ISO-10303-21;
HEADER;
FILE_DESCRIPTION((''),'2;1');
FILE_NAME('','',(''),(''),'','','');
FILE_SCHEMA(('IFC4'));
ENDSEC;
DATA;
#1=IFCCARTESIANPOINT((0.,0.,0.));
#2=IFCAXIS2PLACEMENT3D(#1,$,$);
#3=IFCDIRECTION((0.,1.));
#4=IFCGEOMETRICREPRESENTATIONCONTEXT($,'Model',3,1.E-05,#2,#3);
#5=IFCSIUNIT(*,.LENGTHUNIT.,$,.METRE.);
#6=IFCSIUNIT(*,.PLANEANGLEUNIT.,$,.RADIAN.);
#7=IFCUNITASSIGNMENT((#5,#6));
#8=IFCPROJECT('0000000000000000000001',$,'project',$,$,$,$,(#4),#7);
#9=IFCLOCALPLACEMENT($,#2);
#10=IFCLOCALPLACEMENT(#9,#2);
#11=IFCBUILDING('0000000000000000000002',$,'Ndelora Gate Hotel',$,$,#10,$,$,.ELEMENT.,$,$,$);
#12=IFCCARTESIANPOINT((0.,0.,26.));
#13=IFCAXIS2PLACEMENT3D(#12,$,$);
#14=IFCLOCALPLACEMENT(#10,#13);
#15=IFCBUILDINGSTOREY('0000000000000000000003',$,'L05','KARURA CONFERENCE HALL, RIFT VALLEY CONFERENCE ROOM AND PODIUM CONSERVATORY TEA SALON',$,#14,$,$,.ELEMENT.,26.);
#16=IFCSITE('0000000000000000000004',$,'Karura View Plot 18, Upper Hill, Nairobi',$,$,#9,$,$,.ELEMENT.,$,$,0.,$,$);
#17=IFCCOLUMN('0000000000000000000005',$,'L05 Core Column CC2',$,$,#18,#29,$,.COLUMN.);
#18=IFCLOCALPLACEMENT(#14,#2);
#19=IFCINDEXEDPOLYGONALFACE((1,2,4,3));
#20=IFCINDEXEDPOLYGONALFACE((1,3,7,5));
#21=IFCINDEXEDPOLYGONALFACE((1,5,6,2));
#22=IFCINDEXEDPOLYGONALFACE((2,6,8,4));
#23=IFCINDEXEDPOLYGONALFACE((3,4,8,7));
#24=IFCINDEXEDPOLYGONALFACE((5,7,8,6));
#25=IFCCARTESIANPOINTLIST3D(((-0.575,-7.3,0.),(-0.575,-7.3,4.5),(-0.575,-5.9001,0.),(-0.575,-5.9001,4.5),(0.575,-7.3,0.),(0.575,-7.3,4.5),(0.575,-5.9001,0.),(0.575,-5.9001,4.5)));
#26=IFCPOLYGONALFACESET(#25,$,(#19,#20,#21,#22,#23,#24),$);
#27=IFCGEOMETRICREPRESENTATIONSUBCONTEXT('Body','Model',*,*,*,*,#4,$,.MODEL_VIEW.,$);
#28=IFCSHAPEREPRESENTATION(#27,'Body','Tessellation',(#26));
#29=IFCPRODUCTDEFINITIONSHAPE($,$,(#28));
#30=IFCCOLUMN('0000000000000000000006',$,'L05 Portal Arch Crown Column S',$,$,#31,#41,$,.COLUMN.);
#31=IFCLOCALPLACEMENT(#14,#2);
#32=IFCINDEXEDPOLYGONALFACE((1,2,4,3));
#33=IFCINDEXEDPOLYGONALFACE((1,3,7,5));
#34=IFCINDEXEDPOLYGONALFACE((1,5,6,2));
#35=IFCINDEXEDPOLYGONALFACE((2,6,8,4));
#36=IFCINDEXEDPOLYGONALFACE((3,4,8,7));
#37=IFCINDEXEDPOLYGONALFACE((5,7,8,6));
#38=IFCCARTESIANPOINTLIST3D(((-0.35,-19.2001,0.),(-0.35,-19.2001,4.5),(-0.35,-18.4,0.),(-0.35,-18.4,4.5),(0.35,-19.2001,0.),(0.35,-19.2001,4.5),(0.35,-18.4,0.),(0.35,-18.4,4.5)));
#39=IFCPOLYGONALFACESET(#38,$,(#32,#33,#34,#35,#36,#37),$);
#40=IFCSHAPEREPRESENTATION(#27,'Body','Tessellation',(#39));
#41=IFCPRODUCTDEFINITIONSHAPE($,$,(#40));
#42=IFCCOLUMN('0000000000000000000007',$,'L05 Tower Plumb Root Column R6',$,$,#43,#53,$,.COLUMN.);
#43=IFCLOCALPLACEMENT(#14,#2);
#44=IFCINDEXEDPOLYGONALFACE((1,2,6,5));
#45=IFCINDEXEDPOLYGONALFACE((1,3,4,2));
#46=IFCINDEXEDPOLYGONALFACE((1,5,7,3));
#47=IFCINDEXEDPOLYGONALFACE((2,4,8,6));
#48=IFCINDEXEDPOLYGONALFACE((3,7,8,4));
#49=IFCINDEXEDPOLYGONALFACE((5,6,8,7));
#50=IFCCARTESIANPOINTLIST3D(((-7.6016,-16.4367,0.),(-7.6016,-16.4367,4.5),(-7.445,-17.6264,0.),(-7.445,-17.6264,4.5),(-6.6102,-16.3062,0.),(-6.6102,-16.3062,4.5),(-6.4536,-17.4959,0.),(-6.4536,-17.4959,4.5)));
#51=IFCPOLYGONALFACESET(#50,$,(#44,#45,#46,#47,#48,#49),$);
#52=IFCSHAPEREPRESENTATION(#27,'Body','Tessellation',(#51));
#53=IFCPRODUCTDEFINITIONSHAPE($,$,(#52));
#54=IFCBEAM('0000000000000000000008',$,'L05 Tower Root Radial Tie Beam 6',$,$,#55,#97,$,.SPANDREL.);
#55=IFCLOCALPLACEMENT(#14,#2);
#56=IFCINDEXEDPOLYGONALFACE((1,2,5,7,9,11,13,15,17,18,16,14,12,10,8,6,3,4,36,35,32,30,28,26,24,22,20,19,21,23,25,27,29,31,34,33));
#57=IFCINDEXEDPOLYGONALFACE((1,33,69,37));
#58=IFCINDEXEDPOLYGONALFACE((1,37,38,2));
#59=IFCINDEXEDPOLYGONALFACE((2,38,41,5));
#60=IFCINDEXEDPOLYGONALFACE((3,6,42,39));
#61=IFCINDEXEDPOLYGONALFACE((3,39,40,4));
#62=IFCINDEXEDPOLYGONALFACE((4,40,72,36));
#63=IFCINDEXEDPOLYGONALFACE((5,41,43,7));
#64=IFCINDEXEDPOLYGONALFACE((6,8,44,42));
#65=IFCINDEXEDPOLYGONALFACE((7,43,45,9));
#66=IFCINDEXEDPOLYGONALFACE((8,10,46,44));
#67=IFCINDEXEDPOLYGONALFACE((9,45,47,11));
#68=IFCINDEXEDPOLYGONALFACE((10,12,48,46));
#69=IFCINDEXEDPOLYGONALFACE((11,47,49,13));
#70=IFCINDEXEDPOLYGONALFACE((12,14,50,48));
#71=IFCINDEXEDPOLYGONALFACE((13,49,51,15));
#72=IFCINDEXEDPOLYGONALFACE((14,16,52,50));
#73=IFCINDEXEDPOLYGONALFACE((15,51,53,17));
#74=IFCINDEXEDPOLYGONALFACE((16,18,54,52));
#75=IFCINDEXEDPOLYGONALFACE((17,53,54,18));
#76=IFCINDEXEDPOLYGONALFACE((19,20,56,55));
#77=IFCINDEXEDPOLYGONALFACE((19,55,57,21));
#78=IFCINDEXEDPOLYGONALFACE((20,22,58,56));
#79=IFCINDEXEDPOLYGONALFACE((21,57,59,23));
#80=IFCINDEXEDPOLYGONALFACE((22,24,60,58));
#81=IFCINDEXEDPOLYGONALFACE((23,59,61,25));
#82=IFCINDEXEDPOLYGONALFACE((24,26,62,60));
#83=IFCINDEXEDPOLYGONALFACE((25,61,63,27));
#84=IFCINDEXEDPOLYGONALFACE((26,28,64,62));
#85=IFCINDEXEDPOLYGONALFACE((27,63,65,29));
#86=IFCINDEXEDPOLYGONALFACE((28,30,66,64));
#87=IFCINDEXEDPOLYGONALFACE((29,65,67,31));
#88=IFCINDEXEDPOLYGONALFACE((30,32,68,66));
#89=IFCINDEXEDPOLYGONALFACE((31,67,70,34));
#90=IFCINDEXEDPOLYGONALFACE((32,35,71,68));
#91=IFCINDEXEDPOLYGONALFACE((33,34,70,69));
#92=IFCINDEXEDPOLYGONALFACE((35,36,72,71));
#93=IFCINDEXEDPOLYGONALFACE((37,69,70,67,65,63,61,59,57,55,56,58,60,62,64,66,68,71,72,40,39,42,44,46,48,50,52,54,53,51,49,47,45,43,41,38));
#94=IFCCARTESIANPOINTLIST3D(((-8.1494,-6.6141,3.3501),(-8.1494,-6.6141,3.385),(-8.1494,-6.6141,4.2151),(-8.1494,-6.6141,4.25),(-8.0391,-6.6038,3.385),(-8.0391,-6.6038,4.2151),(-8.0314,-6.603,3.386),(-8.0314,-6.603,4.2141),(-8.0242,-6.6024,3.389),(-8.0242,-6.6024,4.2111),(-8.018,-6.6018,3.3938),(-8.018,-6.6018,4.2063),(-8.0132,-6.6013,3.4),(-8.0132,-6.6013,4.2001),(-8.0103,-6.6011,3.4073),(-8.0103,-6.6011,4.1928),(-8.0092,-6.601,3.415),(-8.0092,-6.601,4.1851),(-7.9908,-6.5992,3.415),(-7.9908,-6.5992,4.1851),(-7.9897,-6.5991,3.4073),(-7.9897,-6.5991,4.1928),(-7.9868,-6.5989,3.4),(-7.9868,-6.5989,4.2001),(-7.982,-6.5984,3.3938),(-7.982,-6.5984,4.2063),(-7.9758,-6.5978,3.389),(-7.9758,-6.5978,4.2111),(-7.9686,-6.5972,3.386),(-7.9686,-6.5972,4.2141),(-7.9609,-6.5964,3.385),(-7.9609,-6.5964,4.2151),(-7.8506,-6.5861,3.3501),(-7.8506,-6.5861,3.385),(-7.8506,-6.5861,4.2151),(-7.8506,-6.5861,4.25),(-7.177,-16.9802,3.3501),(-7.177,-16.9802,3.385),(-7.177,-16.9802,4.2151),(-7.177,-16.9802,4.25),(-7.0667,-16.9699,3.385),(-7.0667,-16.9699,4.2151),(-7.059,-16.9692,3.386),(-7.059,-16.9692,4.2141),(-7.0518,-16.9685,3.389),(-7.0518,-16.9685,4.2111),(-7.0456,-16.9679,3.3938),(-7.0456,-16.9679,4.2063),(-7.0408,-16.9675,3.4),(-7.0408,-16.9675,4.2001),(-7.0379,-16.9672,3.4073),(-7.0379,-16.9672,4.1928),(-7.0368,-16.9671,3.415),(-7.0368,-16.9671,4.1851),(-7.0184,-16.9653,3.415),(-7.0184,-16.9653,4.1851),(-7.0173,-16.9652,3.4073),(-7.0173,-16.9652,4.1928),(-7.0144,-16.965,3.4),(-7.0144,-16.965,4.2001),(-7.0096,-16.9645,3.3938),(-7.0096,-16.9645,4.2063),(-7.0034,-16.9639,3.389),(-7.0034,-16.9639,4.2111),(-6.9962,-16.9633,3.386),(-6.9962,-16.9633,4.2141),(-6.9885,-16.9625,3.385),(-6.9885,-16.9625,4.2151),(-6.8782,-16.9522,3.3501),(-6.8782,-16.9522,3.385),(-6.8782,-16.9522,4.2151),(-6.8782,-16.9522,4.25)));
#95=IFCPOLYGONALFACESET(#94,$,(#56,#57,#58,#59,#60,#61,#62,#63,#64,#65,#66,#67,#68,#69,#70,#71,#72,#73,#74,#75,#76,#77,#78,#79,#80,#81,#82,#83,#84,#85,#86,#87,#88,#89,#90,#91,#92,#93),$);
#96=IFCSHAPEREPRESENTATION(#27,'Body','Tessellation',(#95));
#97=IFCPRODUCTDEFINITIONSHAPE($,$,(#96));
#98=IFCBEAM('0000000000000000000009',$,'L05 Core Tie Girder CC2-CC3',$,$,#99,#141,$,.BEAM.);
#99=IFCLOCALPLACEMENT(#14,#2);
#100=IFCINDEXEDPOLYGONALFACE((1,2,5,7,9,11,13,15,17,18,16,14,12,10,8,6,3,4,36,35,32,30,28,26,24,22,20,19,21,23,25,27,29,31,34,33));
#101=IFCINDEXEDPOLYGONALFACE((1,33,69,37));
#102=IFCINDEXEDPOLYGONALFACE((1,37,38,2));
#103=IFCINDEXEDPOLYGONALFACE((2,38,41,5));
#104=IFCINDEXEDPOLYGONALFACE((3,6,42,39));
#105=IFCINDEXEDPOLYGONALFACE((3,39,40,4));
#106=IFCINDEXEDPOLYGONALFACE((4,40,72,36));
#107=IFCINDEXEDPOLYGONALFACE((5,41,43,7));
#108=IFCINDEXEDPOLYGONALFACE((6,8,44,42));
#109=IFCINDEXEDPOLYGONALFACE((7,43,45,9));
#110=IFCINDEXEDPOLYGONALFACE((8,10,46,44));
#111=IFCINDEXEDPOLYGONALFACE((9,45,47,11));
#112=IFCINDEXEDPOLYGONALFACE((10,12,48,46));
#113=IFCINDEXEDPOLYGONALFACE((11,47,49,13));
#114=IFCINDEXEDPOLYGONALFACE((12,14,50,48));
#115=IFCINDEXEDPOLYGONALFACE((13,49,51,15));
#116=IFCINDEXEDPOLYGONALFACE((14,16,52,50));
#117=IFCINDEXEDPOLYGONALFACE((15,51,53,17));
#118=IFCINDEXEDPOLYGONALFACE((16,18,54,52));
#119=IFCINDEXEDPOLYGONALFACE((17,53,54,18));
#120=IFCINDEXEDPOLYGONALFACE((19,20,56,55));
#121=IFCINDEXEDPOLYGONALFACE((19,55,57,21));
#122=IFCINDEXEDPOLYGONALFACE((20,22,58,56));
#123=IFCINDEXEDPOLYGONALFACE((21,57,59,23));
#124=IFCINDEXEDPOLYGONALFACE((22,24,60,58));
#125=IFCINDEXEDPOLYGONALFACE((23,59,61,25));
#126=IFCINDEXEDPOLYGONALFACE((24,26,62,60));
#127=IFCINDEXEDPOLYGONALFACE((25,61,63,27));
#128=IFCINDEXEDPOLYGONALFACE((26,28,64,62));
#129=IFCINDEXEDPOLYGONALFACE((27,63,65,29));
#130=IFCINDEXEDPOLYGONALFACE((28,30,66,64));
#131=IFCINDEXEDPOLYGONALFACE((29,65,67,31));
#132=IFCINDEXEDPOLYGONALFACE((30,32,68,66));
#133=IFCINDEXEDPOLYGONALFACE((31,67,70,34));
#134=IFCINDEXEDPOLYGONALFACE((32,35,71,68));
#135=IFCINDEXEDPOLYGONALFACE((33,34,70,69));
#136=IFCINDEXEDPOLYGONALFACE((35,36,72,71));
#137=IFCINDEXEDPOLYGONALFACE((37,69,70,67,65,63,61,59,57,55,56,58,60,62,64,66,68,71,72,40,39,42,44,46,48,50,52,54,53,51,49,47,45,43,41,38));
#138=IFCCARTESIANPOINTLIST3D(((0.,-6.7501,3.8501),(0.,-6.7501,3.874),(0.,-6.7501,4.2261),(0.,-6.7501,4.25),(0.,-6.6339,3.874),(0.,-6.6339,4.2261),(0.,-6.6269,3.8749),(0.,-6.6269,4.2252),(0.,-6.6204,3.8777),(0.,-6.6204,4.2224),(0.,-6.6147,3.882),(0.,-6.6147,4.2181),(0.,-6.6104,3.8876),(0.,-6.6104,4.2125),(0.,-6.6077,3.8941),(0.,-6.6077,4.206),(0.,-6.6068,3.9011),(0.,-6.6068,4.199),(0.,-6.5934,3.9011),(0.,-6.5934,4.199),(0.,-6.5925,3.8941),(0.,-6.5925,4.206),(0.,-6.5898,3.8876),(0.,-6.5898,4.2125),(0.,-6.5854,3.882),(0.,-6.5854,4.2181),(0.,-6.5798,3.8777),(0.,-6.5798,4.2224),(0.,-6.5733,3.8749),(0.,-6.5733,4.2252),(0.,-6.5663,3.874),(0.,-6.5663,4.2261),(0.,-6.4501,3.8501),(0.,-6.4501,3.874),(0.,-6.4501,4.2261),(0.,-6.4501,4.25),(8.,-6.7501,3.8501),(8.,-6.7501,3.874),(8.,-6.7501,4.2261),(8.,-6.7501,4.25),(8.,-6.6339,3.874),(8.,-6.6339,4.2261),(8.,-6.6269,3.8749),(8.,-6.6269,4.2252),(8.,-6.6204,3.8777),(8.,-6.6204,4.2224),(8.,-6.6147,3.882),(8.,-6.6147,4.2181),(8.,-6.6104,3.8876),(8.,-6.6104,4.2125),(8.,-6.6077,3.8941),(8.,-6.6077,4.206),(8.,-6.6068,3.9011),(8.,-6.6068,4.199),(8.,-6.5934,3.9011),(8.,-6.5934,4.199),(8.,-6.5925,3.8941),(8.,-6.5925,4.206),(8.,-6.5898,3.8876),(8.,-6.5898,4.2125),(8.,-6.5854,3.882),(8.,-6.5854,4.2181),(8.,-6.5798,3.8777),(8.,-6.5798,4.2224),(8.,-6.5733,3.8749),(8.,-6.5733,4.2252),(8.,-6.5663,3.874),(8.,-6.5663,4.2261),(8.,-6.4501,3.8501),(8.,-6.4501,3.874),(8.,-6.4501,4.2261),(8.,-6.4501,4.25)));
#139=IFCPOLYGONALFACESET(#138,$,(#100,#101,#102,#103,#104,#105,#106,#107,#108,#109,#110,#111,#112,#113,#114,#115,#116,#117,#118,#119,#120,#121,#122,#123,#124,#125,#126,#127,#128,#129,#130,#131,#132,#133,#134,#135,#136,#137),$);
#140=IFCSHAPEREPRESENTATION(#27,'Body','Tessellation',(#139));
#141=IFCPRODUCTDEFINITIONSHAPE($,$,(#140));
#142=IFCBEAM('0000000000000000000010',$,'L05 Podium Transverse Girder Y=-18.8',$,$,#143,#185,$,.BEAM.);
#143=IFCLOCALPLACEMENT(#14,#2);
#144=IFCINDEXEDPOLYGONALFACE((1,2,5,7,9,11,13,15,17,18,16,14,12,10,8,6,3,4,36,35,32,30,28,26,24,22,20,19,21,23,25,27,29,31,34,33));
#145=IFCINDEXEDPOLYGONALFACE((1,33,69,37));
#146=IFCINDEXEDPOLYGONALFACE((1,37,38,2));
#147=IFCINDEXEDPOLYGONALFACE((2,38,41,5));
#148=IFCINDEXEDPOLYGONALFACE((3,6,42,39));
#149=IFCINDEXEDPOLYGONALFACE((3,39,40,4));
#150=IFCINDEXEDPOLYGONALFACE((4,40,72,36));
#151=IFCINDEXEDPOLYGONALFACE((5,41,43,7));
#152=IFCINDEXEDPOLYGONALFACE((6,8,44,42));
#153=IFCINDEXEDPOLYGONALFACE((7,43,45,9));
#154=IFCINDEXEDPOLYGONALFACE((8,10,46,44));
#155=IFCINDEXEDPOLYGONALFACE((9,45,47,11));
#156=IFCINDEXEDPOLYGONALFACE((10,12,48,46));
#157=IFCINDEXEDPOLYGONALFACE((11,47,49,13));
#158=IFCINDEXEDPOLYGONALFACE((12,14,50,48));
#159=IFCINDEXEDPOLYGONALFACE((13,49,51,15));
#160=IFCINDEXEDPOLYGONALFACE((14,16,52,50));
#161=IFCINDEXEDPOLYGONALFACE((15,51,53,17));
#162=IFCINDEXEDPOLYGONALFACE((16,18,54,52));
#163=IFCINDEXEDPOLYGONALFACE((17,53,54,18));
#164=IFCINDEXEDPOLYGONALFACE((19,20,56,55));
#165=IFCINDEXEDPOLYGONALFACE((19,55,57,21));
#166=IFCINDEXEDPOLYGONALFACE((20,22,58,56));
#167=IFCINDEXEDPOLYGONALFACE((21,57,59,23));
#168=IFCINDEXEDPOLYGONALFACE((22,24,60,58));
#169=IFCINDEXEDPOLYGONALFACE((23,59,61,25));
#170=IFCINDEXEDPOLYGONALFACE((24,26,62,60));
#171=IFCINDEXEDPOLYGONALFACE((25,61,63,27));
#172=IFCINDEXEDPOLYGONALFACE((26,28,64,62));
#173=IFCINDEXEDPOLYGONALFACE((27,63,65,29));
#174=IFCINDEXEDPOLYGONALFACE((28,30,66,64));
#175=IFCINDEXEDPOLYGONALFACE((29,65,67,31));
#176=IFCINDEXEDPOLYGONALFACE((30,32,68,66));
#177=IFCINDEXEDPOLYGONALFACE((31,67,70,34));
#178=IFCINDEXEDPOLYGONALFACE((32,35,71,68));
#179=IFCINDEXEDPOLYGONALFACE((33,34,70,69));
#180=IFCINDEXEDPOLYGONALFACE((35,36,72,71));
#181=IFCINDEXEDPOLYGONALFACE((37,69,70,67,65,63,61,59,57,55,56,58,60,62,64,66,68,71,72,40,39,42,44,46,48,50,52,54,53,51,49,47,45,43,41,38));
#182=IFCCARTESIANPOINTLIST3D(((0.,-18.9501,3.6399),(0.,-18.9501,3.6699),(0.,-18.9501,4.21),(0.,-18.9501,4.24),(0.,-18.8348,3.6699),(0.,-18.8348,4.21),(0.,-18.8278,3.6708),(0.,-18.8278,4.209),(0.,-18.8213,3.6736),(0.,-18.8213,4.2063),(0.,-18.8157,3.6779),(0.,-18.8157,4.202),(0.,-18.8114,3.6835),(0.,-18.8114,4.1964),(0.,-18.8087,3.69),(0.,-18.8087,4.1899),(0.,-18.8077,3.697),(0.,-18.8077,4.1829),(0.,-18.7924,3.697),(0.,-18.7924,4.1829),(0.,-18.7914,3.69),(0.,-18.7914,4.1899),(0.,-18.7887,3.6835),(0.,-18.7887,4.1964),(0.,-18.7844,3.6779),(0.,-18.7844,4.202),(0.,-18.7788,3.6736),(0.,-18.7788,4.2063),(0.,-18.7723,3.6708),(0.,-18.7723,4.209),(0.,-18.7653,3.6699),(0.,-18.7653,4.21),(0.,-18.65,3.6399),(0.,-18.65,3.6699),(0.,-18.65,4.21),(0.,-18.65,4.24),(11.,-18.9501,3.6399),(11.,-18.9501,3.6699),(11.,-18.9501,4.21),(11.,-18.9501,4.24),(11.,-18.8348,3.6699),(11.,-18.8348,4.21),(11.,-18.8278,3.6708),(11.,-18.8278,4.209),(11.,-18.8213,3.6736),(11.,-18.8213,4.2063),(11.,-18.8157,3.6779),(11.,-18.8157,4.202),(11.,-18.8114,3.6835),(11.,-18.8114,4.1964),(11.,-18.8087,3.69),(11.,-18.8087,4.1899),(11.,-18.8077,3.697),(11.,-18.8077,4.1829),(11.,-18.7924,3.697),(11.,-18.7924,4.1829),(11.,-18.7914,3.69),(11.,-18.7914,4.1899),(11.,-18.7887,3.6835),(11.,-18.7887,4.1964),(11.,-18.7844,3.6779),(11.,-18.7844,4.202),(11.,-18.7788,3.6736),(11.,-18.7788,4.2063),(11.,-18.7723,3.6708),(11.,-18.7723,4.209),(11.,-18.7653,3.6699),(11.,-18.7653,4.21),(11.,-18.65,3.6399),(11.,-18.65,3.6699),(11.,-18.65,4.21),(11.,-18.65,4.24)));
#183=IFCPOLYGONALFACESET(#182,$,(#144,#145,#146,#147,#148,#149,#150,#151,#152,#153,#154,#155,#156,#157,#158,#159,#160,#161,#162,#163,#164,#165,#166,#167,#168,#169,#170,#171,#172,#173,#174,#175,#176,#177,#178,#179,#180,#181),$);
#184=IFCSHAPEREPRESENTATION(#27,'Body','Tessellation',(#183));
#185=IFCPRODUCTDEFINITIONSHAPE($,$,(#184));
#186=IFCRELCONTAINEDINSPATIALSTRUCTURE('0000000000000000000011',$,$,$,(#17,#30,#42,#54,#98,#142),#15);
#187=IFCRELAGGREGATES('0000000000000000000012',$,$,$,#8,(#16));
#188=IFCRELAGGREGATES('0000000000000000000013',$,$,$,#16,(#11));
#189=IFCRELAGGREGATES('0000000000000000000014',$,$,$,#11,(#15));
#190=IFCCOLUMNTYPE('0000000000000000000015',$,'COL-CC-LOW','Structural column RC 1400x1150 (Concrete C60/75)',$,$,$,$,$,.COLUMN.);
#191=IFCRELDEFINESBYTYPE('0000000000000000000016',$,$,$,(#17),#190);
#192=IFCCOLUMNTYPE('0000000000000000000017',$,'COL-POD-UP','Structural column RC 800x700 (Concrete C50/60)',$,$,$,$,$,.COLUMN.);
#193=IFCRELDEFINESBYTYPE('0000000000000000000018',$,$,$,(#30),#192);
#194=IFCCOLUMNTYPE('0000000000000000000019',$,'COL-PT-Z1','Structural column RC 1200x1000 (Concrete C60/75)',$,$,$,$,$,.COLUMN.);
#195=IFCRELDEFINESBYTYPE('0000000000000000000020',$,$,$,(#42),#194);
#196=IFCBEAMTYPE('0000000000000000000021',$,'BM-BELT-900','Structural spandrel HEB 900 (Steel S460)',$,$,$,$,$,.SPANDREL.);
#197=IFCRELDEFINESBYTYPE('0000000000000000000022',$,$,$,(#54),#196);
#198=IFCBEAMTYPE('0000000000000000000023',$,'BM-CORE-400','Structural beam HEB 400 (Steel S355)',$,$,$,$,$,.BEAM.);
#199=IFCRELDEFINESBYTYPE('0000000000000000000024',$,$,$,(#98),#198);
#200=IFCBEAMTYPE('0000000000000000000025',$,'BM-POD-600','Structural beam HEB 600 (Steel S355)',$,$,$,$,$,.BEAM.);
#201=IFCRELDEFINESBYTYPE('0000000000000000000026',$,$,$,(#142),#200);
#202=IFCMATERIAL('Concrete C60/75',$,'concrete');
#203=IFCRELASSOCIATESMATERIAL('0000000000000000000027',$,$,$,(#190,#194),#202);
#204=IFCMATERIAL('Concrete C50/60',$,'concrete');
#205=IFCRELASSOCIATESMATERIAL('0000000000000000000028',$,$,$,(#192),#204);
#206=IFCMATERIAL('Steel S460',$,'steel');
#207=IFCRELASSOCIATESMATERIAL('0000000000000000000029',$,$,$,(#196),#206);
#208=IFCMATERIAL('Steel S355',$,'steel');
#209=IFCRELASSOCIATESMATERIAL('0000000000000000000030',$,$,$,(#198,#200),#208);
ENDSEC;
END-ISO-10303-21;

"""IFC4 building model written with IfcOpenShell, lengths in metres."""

from ifc_helpers import new_model, si_unit, direction, frame, origin, origin_2d, place, context, subcontext, project, spatial, rectangle, i_section, extrude, material, material_profile, profile_set, type_object, element, save


model = new_model("IFC4")

# Units and contexts
model_context = context("Model", 3, precision=1e-05, world=origin(), true_north=direction((0.0, 1.0)))
body_context = subcontext(model_context, "Body", "Model", "MODEL_VIEW")
ifc_project = project(units=[si_unit("LENGTHUNIT", "METRE"), si_unit("PLANEANGLEUNIT", "RADIAN")], contexts=[model_context])

# Site, building, storey
site_placement = place(None, origin())
site = spatial("IfcSite", under=ifc_project, at=site_placement, Name="Karura View Plot 18, Upper Hill, Nairobi", CompositionType="ELEMENT", RefElevation=0.0)
building_placement = place(site_placement, origin())
building = spatial("IfcBuilding", under=site, at=building_placement, Name="Ndelora Gate Hotel", CompositionType="ELEMENT")
storey_placement = place(building_placement, frame((0.0, 0.0, 26.0)))
storey = spatial("IfcBuildingStorey", under=building, at=storey_placement, Name="L05", Description="KARURA CONFERENCE HALL, RIFT VALLEY CONFERENCE ROOM AND PODIUM CONSERVATORY TEA SALON", CompositionType="ELEMENT", Elevation=26.0)

# Columns
ifc_material_1 = material(Name="Concrete C60/75", Category="concrete")
ifc_material_profile_1 = material_profile(ifc_material_1, rectangle(XDim=1.1499, YDim=1.3999, at=origin_2d()), Name="RC 1400x1150")
ifc_profile_set_1 = profile_set([ifc_material_profile_1], Name="Concrete C60/75")
column_type_1 = type_object("IfcColumnType", Name="COL-CC-LOW", Description="Structural column RC 1400x1150 (Concrete C60/75)", PredefinedType="COLUMN", material=ifc_profile_set_1)
column_1_placement = place(storey_placement, frame((0.0, -6.6001, 0.0), z_axis=(0.0, 0.0, 1.0), x_axis=(1.0, 0.0, 0.0)))
element("IfcColumn", 1, at=column_1_placement, inside=storey, type_object=column_type_1, Name="L05 Core Column CC2", PredefinedType="COLUMN", context=body_context, shape_type="SweptSolid", body=[
    extrude(rectangle(XDim=1.1499, YDim=1.3999, at=origin_2d()), origin(), (0.0, 0.0, 1.0), 4.5),
])
ifc_material_2 = material(Name="Concrete C50/60", Category="concrete")
ifc_material_profile_2 = material_profile(ifc_material_2, rectangle(XDim=0.7, YDim=0.8, at=origin_2d()), Name="RC 800x700")
ifc_profile_set_2 = profile_set([ifc_material_profile_2], Name="Concrete C50/60")
column_type_2 = type_object("IfcColumnType", Name="COL-POD-UP", Description="Structural column RC 800x700 (Concrete C50/60)", PredefinedType="COLUMN", material=ifc_profile_set_2)
column_2_placement = place(storey_placement, frame((0.0, -18.8, 0.0), z_axis=(0.0, 0.0, 1.0), x_axis=(1.0, 0.0, 0.0)))
element("IfcColumn", 2, at=column_2_placement, inside=storey, type_object=column_type_2, Name="L05 Portal Arch Crown Column S", PredefinedType="COLUMN", context=body_context, shape_type="SweptSolid", body=[
    extrude(rectangle(XDim=0.7, YDim=0.8, at=origin_2d()), origin(), (0.0, 0.0, 1.0), 4.5),
])
ifc_material_profile_3 = material_profile(ifc_material_1, rectangle(XDim=1.0, YDim=1.2, at=origin_2d()), Name="RC 1200x1000")
ifc_profile_set_3 = profile_set([ifc_material_profile_3], Name="Concrete C60/75")
column_type_3 = type_object("IfcColumnType", Name="COL-PT-Z1", Description="Structural column RC 1200x1000 (Concrete C60/75)", PredefinedType="COLUMN", material=ifc_profile_set_3)
column_3_placement = place(storey_placement, frame((-7.0276, -16.9663, 0.0), z_axis=(0.0, 0.0, 1.0), x_axis=(0.991445, 0.130526, 0.0)))
element("IfcColumn", 3, at=column_3_placement, inside=storey, type_object=column_type_3, Name="L05 Tower Plumb Root Column R6", PredefinedType="COLUMN", context=body_context, shape_type="SweptSolid", body=[
    extrude(rectangle(XDim=1.0, YDim=1.2, at=origin_2d()), origin(), (0.0, 0.0, 1.0), 4.5),
])

# Beams
ifc_material_3 = material(Name="Steel S460", Category="steel")
ifc_material_profile_4 = material_profile(ifc_material_3, i_section(OverallWidth=0.3, OverallDepth=0.8999, WebThickness=0.0186, FlangeThickness=0.0349, FilletRadius=0.03, at=origin_2d()), Name="HEB 900")
ifc_profile_set_4 = profile_set([ifc_material_profile_4], Name="Steel S460")
beam_type_1 = type_object("IfcBeamType", Name="BM-BELT-900", Description="Structural spandrel HEB 900 (Steel S460)", PredefinedType="SPANDREL", material=ifc_profile_set_4)
beam_1_placement = place(storey_placement, frame((-8.0, -6.6001, 3.8), z_axis=(0.093396, -0.995629, 0.0), x_axis=(0.995629, 0.093396, 0.0)))
element("IfcBeam", 4, at=beam_1_placement, inside=storey, type_object=beam_type_1, Name="L05 Tower Root Radial Tie Beam 6", PredefinedType="SPANDREL", context=body_context, shape_type="SweptSolid", body=[
    extrude(i_section(OverallWidth=0.3, OverallDepth=0.8999, WebThickness=0.0186, FlangeThickness=0.0349, FilletRadius=0.03, at=origin_2d()), origin(), (0.0, 0.0, 1.0), 10.4116),
])
ifc_material_4 = material(Name="Steel S355", Category="steel")
ifc_material_profile_5 = material_profile(ifc_material_4, i_section(OverallWidth=0.3, OverallDepth=0.3999, WebThickness=0.0134, FlangeThickness=0.0239, FilletRadius=0.0271, at=origin_2d()), Name="HEB 400")
ifc_profile_set_5 = profile_set([ifc_material_profile_5], Name="Steel S355")
beam_type_2 = type_object("IfcBeamType", Name="BM-CORE-400", Description="Structural beam HEB 400 (Steel S355)", PredefinedType="BEAM", material=ifc_profile_set_5)
beam_2_placement = place(storey_placement, frame((0.0, -6.6001, 4.05), z_axis=(1.0, 0.0, 0.0), x_axis=(0.0, 1.0, 0.0)))
element("IfcBeam", 5, at=beam_2_placement, inside=storey, type_object=beam_type_2, Name="L05 Core Tie Girder CC2-CC3", PredefinedType="BEAM", context=body_context, shape_type="SweptSolid", body=[
    extrude(i_section(OverallWidth=0.3, OverallDepth=0.3999, WebThickness=0.0134, FlangeThickness=0.0239, FilletRadius=0.0271, at=origin_2d()), origin(), (0.0, 0.0, 1.0), 8.0),
])
ifc_material_profile_6 = material_profile(ifc_material_4, i_section(OverallWidth=0.3, OverallDepth=0.6001, WebThickness=0.0154, FlangeThickness=0.03, FilletRadius=0.0271, at=origin_2d()), Name="HEB 600")
ifc_profile_set_6 = profile_set([ifc_material_profile_6], Name="Steel S355")
beam_type_3 = type_object("IfcBeamType", Name="BM-POD-600", Description="Structural beam HEB 600 (Steel S355)", PredefinedType="BEAM", material=ifc_profile_set_6)
beam_3_placement = place(storey_placement, frame((0.0, -18.8, 3.9399), z_axis=(1.0, 0.0, 0.0), x_axis=(0.0, 1.0, 0.0)))
element("IfcBeam", 6, at=beam_3_placement, inside=storey, type_object=beam_type_3, Name="L05 Podium Transverse Girder Y=-18.8", PredefinedType="BEAM", context=body_context, shape_type="SweptSolid", body=[
    extrude(i_section(OverallWidth=0.3, OverallDepth=0.6001, WebThickness=0.0154, FlangeThickness=0.03, FilletRadius=0.0271, at=origin_2d()), origin(), (0.0, 0.0, 1.0), 11.0),
])

save(model, "model.ifc")
